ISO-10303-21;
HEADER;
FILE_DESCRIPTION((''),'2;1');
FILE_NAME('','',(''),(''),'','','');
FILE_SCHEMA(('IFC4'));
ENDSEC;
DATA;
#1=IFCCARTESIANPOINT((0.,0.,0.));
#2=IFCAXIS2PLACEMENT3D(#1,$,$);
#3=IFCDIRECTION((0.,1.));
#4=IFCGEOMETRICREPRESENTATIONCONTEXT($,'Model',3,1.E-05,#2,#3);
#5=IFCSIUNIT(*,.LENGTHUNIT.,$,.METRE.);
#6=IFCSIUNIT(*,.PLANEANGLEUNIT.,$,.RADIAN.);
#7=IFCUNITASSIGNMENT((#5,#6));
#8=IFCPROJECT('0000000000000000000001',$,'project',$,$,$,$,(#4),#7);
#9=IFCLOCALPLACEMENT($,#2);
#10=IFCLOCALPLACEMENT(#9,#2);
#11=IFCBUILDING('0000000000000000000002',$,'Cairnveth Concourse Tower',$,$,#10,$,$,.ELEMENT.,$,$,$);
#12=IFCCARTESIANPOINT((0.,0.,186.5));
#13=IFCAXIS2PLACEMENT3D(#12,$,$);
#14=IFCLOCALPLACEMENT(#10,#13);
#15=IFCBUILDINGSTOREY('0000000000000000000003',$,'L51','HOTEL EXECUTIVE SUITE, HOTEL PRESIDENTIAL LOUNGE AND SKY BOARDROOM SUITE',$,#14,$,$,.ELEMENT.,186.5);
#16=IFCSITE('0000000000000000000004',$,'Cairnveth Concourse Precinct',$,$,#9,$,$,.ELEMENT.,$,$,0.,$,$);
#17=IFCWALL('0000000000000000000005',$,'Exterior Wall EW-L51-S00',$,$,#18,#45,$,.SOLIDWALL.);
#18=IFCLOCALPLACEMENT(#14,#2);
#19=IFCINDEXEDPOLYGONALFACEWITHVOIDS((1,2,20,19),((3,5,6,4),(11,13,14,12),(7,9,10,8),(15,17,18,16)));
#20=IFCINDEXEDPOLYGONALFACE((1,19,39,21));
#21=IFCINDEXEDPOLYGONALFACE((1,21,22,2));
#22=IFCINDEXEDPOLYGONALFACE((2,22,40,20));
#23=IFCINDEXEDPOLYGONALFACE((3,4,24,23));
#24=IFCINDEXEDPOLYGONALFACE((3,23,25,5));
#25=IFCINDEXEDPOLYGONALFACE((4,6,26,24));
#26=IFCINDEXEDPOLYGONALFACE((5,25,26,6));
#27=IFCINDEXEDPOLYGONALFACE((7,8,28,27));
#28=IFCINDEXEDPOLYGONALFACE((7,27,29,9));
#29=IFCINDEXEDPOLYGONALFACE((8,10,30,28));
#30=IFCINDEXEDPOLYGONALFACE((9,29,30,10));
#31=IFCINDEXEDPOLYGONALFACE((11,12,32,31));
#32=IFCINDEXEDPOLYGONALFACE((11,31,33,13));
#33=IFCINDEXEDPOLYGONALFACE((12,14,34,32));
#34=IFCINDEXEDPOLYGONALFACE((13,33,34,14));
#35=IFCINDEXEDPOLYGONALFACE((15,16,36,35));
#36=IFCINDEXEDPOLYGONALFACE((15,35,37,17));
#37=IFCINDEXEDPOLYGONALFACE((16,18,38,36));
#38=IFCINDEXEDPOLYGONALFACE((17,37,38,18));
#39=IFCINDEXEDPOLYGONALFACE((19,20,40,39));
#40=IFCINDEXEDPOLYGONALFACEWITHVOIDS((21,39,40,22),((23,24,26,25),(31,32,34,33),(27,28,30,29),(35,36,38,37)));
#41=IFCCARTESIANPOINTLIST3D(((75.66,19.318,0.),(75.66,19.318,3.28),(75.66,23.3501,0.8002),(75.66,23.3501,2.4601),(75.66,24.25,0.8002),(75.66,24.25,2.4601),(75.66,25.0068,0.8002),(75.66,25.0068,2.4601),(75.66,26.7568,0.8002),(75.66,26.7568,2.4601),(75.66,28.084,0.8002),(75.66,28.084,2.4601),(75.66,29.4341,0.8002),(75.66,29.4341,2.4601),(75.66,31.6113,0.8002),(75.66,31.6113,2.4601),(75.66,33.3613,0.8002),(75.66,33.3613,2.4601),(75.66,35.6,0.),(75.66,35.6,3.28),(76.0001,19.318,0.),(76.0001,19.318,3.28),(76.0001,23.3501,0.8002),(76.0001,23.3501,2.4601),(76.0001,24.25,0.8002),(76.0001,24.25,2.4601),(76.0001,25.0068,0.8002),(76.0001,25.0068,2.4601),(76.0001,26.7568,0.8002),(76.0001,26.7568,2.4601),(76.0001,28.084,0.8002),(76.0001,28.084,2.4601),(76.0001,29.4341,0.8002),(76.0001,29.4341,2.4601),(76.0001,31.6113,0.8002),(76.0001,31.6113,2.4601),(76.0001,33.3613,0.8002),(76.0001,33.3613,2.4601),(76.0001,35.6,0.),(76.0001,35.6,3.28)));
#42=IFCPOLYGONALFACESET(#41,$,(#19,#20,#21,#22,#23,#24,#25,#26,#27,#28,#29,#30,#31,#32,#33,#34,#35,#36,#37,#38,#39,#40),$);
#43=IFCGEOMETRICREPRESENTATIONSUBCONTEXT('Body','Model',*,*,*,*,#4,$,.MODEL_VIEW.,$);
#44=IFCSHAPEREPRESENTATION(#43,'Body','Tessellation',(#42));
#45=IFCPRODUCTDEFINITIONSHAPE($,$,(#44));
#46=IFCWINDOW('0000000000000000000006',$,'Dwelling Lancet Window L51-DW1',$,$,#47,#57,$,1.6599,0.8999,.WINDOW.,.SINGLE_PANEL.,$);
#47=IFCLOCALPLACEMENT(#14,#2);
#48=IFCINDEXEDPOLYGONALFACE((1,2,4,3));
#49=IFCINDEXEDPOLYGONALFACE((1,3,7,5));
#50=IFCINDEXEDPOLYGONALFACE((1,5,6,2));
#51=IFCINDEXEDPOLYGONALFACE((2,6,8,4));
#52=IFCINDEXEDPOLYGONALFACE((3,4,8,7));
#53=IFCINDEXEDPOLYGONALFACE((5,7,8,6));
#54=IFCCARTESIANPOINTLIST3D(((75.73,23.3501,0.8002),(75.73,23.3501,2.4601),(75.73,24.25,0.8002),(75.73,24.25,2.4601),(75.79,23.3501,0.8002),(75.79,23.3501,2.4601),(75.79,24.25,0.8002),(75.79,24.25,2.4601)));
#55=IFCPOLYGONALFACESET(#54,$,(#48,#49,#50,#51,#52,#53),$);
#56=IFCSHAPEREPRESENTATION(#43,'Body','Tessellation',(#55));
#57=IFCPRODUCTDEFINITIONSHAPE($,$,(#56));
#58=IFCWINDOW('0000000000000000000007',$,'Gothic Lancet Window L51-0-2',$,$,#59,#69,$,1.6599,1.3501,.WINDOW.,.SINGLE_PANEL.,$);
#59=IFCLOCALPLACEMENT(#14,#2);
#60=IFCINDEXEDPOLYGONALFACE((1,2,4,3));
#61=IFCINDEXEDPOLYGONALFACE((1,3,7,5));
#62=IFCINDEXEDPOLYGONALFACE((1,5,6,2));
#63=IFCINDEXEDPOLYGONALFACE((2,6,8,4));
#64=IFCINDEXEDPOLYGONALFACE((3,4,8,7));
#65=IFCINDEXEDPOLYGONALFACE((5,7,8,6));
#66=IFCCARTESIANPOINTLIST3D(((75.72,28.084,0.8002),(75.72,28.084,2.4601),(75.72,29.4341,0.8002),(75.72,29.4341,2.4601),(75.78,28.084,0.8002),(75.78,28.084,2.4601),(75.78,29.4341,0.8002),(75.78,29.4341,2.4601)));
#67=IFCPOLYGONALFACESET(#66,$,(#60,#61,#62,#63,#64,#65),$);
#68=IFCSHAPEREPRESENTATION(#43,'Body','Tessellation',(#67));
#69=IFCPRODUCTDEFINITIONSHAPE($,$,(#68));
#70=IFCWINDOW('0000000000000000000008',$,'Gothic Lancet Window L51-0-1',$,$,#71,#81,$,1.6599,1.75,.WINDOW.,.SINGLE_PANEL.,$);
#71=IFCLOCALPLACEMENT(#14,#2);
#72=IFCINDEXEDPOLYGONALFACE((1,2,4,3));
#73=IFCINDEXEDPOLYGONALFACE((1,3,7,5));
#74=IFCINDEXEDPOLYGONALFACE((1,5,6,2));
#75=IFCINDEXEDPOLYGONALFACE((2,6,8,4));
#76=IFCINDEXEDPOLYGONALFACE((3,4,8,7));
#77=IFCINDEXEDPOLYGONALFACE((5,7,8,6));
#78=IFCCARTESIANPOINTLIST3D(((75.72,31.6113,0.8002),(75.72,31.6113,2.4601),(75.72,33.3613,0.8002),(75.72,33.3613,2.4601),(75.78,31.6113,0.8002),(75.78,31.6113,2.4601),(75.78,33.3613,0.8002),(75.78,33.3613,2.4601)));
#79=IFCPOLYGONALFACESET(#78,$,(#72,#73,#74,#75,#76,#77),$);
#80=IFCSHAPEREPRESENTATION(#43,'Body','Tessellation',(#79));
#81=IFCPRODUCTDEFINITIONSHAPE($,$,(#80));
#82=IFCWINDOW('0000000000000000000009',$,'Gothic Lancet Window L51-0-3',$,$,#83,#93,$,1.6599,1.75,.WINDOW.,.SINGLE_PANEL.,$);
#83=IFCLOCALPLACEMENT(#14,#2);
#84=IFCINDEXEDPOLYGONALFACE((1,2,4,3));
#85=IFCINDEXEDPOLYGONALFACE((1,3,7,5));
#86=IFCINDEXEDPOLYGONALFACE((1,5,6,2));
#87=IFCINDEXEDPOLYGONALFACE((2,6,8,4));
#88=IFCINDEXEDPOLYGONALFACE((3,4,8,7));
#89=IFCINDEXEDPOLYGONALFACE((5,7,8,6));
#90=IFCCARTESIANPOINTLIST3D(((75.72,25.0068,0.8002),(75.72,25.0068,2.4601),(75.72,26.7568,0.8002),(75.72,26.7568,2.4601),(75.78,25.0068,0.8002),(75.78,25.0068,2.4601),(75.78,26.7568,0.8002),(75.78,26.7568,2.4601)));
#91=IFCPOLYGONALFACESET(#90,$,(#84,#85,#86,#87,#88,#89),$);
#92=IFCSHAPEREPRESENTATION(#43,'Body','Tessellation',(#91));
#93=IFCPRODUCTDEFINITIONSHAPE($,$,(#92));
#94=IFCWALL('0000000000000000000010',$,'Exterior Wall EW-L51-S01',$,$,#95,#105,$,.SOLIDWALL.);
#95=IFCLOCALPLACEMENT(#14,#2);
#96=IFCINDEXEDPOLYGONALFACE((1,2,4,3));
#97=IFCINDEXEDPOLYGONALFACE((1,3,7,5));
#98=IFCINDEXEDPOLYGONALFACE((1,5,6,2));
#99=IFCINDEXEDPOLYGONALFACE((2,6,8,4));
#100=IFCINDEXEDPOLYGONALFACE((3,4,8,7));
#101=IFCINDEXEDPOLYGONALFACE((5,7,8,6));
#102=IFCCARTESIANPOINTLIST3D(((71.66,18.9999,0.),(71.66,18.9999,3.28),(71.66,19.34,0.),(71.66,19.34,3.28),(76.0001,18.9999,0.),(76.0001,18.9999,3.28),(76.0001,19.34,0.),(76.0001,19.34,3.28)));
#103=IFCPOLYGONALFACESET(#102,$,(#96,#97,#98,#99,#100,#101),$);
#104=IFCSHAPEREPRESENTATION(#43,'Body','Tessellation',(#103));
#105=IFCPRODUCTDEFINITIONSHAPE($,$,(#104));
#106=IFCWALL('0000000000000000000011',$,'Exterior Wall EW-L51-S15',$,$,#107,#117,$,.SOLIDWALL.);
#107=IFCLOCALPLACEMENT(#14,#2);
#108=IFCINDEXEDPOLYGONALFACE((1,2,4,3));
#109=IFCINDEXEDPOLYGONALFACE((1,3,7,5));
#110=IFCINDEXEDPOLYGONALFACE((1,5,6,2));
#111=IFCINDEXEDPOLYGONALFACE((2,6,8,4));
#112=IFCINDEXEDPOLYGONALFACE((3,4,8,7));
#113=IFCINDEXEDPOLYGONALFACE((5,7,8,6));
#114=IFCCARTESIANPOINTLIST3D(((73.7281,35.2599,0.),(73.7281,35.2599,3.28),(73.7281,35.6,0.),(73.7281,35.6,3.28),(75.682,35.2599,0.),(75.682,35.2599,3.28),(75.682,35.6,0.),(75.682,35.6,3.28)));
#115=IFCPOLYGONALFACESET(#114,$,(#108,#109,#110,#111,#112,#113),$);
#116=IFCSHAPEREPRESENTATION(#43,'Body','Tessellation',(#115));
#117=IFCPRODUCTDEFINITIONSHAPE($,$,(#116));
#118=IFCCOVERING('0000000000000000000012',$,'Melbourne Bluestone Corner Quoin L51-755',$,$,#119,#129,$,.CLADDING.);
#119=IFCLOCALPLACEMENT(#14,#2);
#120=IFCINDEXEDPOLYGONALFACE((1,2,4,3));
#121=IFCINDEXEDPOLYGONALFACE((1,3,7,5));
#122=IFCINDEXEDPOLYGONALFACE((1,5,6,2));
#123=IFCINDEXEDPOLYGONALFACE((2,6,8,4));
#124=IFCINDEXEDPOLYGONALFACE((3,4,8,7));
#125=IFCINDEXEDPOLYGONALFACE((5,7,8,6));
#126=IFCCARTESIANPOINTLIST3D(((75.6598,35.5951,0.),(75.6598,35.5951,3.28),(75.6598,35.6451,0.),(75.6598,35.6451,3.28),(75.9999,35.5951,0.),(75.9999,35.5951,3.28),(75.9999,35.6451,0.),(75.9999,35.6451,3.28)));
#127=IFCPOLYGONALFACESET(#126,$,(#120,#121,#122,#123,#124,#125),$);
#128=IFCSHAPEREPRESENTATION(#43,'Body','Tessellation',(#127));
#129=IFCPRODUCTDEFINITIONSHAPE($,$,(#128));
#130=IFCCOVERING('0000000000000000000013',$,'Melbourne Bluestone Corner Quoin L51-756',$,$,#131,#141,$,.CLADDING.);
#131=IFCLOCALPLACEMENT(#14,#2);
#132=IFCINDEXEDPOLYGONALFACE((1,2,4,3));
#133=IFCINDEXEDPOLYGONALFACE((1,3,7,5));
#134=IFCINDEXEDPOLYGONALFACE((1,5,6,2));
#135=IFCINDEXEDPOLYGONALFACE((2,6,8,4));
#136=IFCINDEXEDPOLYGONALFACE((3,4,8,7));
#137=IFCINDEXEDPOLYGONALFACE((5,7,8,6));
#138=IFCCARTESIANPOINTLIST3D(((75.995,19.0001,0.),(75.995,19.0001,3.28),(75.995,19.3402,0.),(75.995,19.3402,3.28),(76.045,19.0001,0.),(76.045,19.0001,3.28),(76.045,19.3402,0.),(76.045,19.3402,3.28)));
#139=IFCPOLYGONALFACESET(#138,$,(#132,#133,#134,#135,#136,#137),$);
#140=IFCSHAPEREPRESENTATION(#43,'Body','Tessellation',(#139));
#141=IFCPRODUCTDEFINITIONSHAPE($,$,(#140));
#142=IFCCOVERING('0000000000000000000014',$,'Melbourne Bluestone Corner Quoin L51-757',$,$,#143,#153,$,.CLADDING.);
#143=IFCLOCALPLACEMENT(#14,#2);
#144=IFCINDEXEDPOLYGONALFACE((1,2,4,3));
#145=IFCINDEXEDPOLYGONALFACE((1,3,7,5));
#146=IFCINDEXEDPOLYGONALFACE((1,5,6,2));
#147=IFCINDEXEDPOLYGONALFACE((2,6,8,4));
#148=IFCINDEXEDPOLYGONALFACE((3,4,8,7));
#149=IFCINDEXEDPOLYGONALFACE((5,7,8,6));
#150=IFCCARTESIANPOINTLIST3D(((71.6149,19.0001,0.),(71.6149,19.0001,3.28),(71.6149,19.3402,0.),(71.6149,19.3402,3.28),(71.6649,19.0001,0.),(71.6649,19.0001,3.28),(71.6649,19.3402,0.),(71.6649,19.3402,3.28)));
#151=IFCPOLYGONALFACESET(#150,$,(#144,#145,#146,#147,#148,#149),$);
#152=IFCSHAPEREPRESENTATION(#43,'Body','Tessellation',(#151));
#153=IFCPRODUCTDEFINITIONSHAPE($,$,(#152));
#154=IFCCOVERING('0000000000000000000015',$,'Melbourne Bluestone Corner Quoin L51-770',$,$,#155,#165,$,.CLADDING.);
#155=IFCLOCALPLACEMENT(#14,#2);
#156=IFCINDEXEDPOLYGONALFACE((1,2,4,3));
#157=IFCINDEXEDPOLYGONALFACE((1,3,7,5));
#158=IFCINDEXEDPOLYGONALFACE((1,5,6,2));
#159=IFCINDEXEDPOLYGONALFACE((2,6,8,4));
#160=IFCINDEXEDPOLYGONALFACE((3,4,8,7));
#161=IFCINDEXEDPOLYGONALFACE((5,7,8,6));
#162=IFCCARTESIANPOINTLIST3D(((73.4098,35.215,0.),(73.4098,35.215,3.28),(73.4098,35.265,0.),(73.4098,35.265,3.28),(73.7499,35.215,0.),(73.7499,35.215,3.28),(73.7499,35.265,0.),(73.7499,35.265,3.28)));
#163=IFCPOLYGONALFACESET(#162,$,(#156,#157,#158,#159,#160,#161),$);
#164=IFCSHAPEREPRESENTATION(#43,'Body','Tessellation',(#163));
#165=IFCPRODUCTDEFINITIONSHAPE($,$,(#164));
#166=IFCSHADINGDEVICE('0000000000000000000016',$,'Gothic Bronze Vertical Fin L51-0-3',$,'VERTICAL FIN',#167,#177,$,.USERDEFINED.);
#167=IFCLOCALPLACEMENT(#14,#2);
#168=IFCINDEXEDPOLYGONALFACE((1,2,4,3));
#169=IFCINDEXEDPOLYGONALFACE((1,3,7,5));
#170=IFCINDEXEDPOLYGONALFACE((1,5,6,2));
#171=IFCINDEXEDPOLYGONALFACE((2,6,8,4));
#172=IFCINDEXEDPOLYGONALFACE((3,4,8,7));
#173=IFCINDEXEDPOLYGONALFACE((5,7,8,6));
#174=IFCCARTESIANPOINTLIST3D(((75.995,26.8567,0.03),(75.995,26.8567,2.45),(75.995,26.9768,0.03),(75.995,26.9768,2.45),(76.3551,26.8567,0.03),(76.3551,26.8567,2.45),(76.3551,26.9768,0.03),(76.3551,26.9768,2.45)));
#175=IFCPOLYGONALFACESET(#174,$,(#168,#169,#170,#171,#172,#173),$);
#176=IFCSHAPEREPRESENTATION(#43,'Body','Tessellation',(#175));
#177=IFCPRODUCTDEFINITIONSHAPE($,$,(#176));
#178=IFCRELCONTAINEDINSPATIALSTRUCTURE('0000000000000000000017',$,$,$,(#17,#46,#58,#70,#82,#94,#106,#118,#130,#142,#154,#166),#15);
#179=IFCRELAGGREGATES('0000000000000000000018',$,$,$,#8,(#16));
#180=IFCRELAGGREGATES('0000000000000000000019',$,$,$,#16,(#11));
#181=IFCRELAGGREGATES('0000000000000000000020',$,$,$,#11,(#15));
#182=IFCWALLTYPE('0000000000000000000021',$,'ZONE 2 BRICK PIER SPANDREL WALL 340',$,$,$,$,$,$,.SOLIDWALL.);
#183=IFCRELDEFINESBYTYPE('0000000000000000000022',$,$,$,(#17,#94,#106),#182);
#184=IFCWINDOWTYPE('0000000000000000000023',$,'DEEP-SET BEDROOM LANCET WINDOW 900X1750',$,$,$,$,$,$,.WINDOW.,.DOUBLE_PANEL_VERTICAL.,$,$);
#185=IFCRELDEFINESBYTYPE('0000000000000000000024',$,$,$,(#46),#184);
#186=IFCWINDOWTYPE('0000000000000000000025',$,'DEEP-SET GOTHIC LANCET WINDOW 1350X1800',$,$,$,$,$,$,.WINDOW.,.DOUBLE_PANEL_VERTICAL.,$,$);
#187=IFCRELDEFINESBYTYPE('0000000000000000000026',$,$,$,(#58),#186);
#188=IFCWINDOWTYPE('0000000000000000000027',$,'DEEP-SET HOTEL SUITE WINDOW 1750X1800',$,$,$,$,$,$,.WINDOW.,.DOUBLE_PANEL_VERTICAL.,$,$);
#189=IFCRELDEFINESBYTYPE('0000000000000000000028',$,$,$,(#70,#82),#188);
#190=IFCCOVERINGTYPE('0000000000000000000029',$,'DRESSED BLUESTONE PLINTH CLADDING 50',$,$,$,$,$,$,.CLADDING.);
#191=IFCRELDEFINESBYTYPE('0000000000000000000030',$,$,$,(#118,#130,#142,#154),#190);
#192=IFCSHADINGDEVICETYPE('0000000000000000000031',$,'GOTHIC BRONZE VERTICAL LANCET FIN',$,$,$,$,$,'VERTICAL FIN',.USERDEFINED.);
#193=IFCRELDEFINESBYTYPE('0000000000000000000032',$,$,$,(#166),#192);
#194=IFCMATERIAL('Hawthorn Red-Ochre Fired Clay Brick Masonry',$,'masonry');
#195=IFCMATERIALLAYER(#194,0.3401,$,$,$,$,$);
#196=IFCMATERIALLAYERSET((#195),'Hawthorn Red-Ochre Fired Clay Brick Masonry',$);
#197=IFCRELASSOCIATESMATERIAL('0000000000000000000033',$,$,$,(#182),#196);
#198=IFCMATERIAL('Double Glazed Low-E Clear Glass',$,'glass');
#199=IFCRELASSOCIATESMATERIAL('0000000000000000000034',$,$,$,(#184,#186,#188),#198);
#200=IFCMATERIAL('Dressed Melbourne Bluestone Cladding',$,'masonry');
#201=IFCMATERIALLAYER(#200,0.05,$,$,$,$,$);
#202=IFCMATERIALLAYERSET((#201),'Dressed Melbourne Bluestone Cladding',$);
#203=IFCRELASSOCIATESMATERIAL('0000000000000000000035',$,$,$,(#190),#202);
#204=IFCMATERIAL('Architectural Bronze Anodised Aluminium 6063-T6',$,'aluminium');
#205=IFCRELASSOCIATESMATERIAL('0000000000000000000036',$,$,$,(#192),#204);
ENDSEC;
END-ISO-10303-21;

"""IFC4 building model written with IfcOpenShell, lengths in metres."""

from ifc_helpers import new_model, si_unit, direction, frame, frame_2d, origin, origin_2d, place, context, subcontext, project, spatial, rectangle, extrude, material, layer, layer_set, type_object, element, fill, save


model = new_model("IFC4")

# Units and contexts
model_context = context("Model", 3, precision=1e-05, world=origin(), true_north=direction((0.0, 1.0)))
body_context = subcontext(model_context, "Body", "Model", "MODEL_VIEW")
ifc_project = project(units=[si_unit("LENGTHUNIT", "METRE"), si_unit("PLANEANGLEUNIT", "RADIAN")], contexts=[model_context])

# Site, building, storey
site_placement = place(None, origin())
site = spatial("IfcSite", under=ifc_project, at=site_placement, Name="Cairnveth Concourse Precinct", CompositionType="ELEMENT", RefElevation=0.0)
building_placement = place(site_placement, origin())
building = spatial("IfcBuilding", under=site, at=building_placement, Name="Cairnveth Concourse Tower", CompositionType="ELEMENT")
storey_placement = place(building_placement, frame((0.0, 0.0, 186.5)))
storey = spatial("IfcBuildingStorey", under=building, at=storey_placement, Name="L51", Description="HOTEL EXECUTIVE SUITE, HOTEL PRESIDENTIAL LOUNGE AND SKY BOARDROOM SUITE", CompositionType="ELEMENT", Elevation=186.5)

# Shared definitions
ifc_material_1 = material(Name="Dressed Melbourne Bluestone Cladding", Category="masonry")

# Wall, openings, windows
ifc_material_2 = material(Name="Hawthorn Red-Ochre Fired Clay Brick Masonry", Category="masonry")
ifc_layer_1 = layer(ifc_material_2, 0.3401)
ifc_layer_set_1 = layer_set([ifc_layer_1], Name="Hawthorn Red-Ochre Fired Clay Brick Masonry")
wall_type_1 = type_object("IfcWallType", Name="ZONE 2 BRICK PIER SPANDREL WALL 340", PredefinedType="SOLIDWALL", material=ifc_layer_set_1)
wall_1_placement = place(storey_placement, frame((75.8301, 35.6001, 0.0), z_axis=(0.0, 0.0, 1.0), x_axis=(0.0, -1.0, 0.0)))
wall_1 = element("IfcWall", 1, at=wall_1_placement, inside=storey, type_object=wall_type_1, Name="Exterior Wall EW-L51-S00", PredefinedType="SOLIDWALL", context=body_context, shape_type="SweptSolid", body=[
    extrude(rectangle(XDim=16.282, YDim=0.3401, at=frame_2d((8.1411, 0.0))), origin(), (0.0, 0.0, 1.0), 3.28),
])
opening_1_placement = place(wall_1_placement, frame((2.2388, 0.0, 0.8)))
opening_1 = element("IfcOpeningElement", 2, at=opening_1_placement, cuts=wall_1, PredefinedType="OPENING", context=body_context, shape_type="SweptSolid", body=[
    extrude(rectangle(XDim=1.75, YDim=1.6599, at=frame_2d((0.875, 0.8301))), frame((0.0, 0.1799, 0.0), z_axis=(0.0, -1.0, 0.0), x_axis=(1.0, 0.0, 0.0)), (0.0, 0.0, 1.0), 0.3601),
])
opening_2_placement = place(wall_1_placement, frame((6.166, 0.0, 0.8)))
opening_2 = element("IfcOpeningElement", 3, at=opening_2_placement, cuts=wall_1, PredefinedType="OPENING", context=body_context, shape_type="SweptSolid", body=[
    extrude(rectangle(XDim=1.3501, YDim=1.6599, at=frame_2d((0.675, 0.8301))), frame((0.0, 0.1799, 0.0), z_axis=(0.0, -1.0, 0.0), x_axis=(1.0, 0.0, 0.0)), (0.0, 0.0, 1.0), 0.3601),
])
opening_3_placement = place(wall_1_placement, frame((8.8433, 0.0, 0.8)))
opening_3 = element("IfcOpeningElement", 4, at=opening_3_placement, cuts=wall_1, PredefinedType="OPENING", context=body_context, shape_type="SweptSolid", body=[
    extrude(rectangle(XDim=1.75, YDim=1.6599, at=frame_2d((0.875, 0.8301))), frame((0.0, 0.1799, 0.0), z_axis=(0.0, -1.0, 0.0), x_axis=(1.0, 0.0, 0.0)), (0.0, 0.0, 1.0), 0.3601),
])
opening_4_placement = place(wall_1_placement, frame((11.3501, 0.0, 0.8)))
opening_4 = element("IfcOpeningElement", 5, at=opening_4_placement, cuts=wall_1, PredefinedType="OPENING", context=body_context, shape_type="SweptSolid", body=[
    extrude(rectangle(XDim=0.8999, YDim=1.6599, at=frame_2d((0.45, 0.8301))), frame((0.0, 0.1799, 0.0), z_axis=(0.0, -1.0, 0.0), x_axis=(1.0, 0.0, 0.0)), (0.0, 0.0, 1.0), 0.3601),
])
ifc_material_3 = material(Name="Double Glazed Low-E Clear Glass", Category="glass")
window_type_1 = type_object("IfcWindowType", Name="DEEP-SET BEDROOM LANCET WINDOW 900X1750", PartitioningType="DOUBLE_PANEL_VERTICAL", PredefinedType="WINDOW", material=ifc_material_3)
window_1_placement = place(opening_4_placement, origin())
window_1 = element("IfcWindow", 6, at=window_1_placement, inside=storey, type_object=window_type_1, Name="Dwelling Lancet Window L51-DW1", OverallHeight=1.6599, OverallWidth=0.8999, PartitioningType="SINGLE_PANEL", PredefinedType="WINDOW", context=body_context, shape_type="SweptSolid", body=[
    extrude(rectangle(XDim=0.8999, YDim=1.6599, at=frame_2d((0.45, 0.8301))), frame((0.0, -0.04, 0.0), z_axis=(0.0, -1.0, 0.0), x_axis=(1.0, 0.0, 0.0)), (0.0, 0.0, 1.0), 0.0601),
])
fill(opening_4, window_1)
window_type_2 = type_object("IfcWindowType", Name="DEEP-SET GOTHIC LANCET WINDOW 1350X1800", PartitioningType="DOUBLE_PANEL_VERTICAL", PredefinedType="WINDOW", material=ifc_material_3)
window_2_placement = place(opening_2_placement, origin())
window_2 = element("IfcWindow", 7, at=window_2_placement, inside=storey, type_object=window_type_2, Name="Gothic Lancet Window L51-0-2", OverallHeight=1.6599, OverallWidth=1.3501, PartitioningType="SINGLE_PANEL", PredefinedType="WINDOW", context=body_context, shape_type="SweptSolid", body=[
    extrude(rectangle(XDim=1.3501, YDim=1.6599, at=frame_2d((0.675, 0.8301))), frame((0.0, -0.05, 0.0), z_axis=(0.0, -1.0, 0.0), x_axis=(1.0, 0.0, 0.0)), (0.0, 0.0, 1.0), 0.0601),
])
fill(opening_2, window_2)
window_type_3 = type_object("IfcWindowType", Name="DEEP-SET HOTEL SUITE WINDOW 1750X1800", PartitioningType="DOUBLE_PANEL_VERTICAL", PredefinedType="WINDOW", material=ifc_material_3)
window_3_placement = place(opening_1_placement, origin())
window_3 = element("IfcWindow", 8, at=window_3_placement, inside=storey, type_object=window_type_3, Name="Gothic Lancet Window L51-0-1", OverallHeight=1.6599, OverallWidth=1.75, PartitioningType="SINGLE_PANEL", PredefinedType="WINDOW", context=body_context, shape_type="SweptSolid", body=[
    extrude(rectangle(XDim=1.75, YDim=1.6599, at=frame_2d((0.875, 0.8301))), frame((0.0, -0.05, 0.0), z_axis=(0.0, -1.0, 0.0), x_axis=(1.0, 0.0, 0.0)), (0.0, 0.0, 1.0), 0.0601),
])
fill(opening_1, window_3)
window_4_placement = place(opening_3_placement, origin())
window_4 = element("IfcWindow", 9, at=window_4_placement, inside=storey, type_object=window_type_3, Name="Gothic Lancet Window L51-0-3", OverallHeight=1.6599, OverallWidth=1.75, PartitioningType="SINGLE_PANEL", PredefinedType="WINDOW", context=body_context, shape_type="SweptSolid", body=[
    extrude(rectangle(XDim=1.75, YDim=1.6599, at=frame_2d((0.875, 0.8301))), frame((0.0, -0.05, 0.0), z_axis=(0.0, -1.0, 0.0), x_axis=(1.0, 0.0, 0.0)), (0.0, 0.0, 1.0), 0.0601),
])
fill(opening_3, window_4)

# Walls
wall_2_placement = place(storey_placement, frame((76.0, 19.1699, 0.0), z_axis=(0.0, 0.0, 1.0), x_axis=(-1.0, 0.0, 0.0)))
element("IfcWall", 10, at=wall_2_placement, inside=storey, type_object=wall_type_1, Name="Exterior Wall EW-L51-S01", PredefinedType="SOLIDWALL", context=body_context, shape_type="SweptSolid", body=[
    extrude(rectangle(XDim=4.3401, YDim=0.3401, at=frame_2d((2.1699, 0.0))), origin(), (0.0, 0.0, 1.0), 3.28),
])
wall_3_placement = place(storey_placement, frame((73.728, 35.4299, 0.0), z_axis=(0.0, 0.0, 1.0), x_axis=(1.0, 0.0, 0.0)))
element("IfcWall", 11, at=wall_3_placement, inside=storey, type_object=wall_type_1, Name="Exterior Wall EW-L51-S15", PredefinedType="SOLIDWALL", context=body_context, shape_type="SweptSolid", body=[
    extrude(rectangle(XDim=1.9539, YDim=0.3401, at=frame_2d((0.9771, 0.0))), origin(), (0.0, 0.0, 1.0), 3.28),
])

# Coverings
ifc_layer_2 = layer(ifc_material_1, 0.05)
ifc_layer_set_2 = layer_set([ifc_layer_2], Name="Dressed Melbourne Bluestone Cladding")
covering_type = type_object("IfcCoveringType", Name="DRESSED BLUESTONE PLINTH CLADDING 50", PredefinedType="CLADDING", material=ifc_layer_set_2)
for number, where, z_axis, x_axis, name in (
    (12, (75.6599, 35.6201, 0.0), (0.0, 0.0, 1.0), (1.0, 0.0, 0.0), "Melbourne Bluestone Corner Quoin L51-755"),
    (13, (76.02, 19.3401, 0.0), (0.0, 0.0, 1.0), (0.0, -1.0, 0.0), "Melbourne Bluestone Corner Quoin L51-756"),
    (14, (71.6399, 19.3401, 0.0), (0.0, 0.0, 1.0), (0.0, -1.0, 0.0), "Melbourne Bluestone Corner Quoin L51-757"),
    (15, (73.4099, 35.24, 0.0), (0.0, 0.0, 1.0), (1.0, 0.0, 0.0), "Melbourne Bluestone Corner Quoin L51-770"),
):
    element("IfcCovering", number, at=place(storey_placement, frame(where, z_axis=z_axis, x_axis=x_axis)), inside=storey, type_object=covering_type, Name=name, PredefinedType="CLADDING", context=body_context, shape_type="SweptSolid", body=[
        extrude(rectangle(XDim=0.3401, YDim=0.05, at=frame_2d((0.1699, 0.0))), origin(), (0.0, 0.0, 1.0), 3.28),
    ])

# Shading device
ifc_material_4 = material(Name="Architectural Bronze Anodised Aluminium 6063-T6", Category="aluminium")
shading_device_type = type_object("IfcShadingDeviceType", Name="GOTHIC BRONZE VERTICAL LANCET FIN", ElementType="VERTICAL FIN", PredefinedType="USERDEFINED", material=ifc_material_4)
shading_device_placement = place(storey_placement, frame((76.175, 26.9167, 0.03), z_axis=(0.0, 0.0, 1.0), x_axis=(0.0, 1.0, 0.0)))
element("IfcShadingDevice", 16, at=shading_device_placement, inside=storey, type_object=shading_device_type, Name="Gothic Bronze Vertical Fin L51-0-3", ObjectType="VERTICAL FIN", PredefinedType="USERDEFINED", context=body_context, shape_type="SweptSolid", body=[
    extrude(rectangle(XDim=0.1201, YDim=0.3601, at=origin_2d()), origin(), (0.0, 0.0, 1.0), 2.4199),
])

save(model, "model.ifc")
